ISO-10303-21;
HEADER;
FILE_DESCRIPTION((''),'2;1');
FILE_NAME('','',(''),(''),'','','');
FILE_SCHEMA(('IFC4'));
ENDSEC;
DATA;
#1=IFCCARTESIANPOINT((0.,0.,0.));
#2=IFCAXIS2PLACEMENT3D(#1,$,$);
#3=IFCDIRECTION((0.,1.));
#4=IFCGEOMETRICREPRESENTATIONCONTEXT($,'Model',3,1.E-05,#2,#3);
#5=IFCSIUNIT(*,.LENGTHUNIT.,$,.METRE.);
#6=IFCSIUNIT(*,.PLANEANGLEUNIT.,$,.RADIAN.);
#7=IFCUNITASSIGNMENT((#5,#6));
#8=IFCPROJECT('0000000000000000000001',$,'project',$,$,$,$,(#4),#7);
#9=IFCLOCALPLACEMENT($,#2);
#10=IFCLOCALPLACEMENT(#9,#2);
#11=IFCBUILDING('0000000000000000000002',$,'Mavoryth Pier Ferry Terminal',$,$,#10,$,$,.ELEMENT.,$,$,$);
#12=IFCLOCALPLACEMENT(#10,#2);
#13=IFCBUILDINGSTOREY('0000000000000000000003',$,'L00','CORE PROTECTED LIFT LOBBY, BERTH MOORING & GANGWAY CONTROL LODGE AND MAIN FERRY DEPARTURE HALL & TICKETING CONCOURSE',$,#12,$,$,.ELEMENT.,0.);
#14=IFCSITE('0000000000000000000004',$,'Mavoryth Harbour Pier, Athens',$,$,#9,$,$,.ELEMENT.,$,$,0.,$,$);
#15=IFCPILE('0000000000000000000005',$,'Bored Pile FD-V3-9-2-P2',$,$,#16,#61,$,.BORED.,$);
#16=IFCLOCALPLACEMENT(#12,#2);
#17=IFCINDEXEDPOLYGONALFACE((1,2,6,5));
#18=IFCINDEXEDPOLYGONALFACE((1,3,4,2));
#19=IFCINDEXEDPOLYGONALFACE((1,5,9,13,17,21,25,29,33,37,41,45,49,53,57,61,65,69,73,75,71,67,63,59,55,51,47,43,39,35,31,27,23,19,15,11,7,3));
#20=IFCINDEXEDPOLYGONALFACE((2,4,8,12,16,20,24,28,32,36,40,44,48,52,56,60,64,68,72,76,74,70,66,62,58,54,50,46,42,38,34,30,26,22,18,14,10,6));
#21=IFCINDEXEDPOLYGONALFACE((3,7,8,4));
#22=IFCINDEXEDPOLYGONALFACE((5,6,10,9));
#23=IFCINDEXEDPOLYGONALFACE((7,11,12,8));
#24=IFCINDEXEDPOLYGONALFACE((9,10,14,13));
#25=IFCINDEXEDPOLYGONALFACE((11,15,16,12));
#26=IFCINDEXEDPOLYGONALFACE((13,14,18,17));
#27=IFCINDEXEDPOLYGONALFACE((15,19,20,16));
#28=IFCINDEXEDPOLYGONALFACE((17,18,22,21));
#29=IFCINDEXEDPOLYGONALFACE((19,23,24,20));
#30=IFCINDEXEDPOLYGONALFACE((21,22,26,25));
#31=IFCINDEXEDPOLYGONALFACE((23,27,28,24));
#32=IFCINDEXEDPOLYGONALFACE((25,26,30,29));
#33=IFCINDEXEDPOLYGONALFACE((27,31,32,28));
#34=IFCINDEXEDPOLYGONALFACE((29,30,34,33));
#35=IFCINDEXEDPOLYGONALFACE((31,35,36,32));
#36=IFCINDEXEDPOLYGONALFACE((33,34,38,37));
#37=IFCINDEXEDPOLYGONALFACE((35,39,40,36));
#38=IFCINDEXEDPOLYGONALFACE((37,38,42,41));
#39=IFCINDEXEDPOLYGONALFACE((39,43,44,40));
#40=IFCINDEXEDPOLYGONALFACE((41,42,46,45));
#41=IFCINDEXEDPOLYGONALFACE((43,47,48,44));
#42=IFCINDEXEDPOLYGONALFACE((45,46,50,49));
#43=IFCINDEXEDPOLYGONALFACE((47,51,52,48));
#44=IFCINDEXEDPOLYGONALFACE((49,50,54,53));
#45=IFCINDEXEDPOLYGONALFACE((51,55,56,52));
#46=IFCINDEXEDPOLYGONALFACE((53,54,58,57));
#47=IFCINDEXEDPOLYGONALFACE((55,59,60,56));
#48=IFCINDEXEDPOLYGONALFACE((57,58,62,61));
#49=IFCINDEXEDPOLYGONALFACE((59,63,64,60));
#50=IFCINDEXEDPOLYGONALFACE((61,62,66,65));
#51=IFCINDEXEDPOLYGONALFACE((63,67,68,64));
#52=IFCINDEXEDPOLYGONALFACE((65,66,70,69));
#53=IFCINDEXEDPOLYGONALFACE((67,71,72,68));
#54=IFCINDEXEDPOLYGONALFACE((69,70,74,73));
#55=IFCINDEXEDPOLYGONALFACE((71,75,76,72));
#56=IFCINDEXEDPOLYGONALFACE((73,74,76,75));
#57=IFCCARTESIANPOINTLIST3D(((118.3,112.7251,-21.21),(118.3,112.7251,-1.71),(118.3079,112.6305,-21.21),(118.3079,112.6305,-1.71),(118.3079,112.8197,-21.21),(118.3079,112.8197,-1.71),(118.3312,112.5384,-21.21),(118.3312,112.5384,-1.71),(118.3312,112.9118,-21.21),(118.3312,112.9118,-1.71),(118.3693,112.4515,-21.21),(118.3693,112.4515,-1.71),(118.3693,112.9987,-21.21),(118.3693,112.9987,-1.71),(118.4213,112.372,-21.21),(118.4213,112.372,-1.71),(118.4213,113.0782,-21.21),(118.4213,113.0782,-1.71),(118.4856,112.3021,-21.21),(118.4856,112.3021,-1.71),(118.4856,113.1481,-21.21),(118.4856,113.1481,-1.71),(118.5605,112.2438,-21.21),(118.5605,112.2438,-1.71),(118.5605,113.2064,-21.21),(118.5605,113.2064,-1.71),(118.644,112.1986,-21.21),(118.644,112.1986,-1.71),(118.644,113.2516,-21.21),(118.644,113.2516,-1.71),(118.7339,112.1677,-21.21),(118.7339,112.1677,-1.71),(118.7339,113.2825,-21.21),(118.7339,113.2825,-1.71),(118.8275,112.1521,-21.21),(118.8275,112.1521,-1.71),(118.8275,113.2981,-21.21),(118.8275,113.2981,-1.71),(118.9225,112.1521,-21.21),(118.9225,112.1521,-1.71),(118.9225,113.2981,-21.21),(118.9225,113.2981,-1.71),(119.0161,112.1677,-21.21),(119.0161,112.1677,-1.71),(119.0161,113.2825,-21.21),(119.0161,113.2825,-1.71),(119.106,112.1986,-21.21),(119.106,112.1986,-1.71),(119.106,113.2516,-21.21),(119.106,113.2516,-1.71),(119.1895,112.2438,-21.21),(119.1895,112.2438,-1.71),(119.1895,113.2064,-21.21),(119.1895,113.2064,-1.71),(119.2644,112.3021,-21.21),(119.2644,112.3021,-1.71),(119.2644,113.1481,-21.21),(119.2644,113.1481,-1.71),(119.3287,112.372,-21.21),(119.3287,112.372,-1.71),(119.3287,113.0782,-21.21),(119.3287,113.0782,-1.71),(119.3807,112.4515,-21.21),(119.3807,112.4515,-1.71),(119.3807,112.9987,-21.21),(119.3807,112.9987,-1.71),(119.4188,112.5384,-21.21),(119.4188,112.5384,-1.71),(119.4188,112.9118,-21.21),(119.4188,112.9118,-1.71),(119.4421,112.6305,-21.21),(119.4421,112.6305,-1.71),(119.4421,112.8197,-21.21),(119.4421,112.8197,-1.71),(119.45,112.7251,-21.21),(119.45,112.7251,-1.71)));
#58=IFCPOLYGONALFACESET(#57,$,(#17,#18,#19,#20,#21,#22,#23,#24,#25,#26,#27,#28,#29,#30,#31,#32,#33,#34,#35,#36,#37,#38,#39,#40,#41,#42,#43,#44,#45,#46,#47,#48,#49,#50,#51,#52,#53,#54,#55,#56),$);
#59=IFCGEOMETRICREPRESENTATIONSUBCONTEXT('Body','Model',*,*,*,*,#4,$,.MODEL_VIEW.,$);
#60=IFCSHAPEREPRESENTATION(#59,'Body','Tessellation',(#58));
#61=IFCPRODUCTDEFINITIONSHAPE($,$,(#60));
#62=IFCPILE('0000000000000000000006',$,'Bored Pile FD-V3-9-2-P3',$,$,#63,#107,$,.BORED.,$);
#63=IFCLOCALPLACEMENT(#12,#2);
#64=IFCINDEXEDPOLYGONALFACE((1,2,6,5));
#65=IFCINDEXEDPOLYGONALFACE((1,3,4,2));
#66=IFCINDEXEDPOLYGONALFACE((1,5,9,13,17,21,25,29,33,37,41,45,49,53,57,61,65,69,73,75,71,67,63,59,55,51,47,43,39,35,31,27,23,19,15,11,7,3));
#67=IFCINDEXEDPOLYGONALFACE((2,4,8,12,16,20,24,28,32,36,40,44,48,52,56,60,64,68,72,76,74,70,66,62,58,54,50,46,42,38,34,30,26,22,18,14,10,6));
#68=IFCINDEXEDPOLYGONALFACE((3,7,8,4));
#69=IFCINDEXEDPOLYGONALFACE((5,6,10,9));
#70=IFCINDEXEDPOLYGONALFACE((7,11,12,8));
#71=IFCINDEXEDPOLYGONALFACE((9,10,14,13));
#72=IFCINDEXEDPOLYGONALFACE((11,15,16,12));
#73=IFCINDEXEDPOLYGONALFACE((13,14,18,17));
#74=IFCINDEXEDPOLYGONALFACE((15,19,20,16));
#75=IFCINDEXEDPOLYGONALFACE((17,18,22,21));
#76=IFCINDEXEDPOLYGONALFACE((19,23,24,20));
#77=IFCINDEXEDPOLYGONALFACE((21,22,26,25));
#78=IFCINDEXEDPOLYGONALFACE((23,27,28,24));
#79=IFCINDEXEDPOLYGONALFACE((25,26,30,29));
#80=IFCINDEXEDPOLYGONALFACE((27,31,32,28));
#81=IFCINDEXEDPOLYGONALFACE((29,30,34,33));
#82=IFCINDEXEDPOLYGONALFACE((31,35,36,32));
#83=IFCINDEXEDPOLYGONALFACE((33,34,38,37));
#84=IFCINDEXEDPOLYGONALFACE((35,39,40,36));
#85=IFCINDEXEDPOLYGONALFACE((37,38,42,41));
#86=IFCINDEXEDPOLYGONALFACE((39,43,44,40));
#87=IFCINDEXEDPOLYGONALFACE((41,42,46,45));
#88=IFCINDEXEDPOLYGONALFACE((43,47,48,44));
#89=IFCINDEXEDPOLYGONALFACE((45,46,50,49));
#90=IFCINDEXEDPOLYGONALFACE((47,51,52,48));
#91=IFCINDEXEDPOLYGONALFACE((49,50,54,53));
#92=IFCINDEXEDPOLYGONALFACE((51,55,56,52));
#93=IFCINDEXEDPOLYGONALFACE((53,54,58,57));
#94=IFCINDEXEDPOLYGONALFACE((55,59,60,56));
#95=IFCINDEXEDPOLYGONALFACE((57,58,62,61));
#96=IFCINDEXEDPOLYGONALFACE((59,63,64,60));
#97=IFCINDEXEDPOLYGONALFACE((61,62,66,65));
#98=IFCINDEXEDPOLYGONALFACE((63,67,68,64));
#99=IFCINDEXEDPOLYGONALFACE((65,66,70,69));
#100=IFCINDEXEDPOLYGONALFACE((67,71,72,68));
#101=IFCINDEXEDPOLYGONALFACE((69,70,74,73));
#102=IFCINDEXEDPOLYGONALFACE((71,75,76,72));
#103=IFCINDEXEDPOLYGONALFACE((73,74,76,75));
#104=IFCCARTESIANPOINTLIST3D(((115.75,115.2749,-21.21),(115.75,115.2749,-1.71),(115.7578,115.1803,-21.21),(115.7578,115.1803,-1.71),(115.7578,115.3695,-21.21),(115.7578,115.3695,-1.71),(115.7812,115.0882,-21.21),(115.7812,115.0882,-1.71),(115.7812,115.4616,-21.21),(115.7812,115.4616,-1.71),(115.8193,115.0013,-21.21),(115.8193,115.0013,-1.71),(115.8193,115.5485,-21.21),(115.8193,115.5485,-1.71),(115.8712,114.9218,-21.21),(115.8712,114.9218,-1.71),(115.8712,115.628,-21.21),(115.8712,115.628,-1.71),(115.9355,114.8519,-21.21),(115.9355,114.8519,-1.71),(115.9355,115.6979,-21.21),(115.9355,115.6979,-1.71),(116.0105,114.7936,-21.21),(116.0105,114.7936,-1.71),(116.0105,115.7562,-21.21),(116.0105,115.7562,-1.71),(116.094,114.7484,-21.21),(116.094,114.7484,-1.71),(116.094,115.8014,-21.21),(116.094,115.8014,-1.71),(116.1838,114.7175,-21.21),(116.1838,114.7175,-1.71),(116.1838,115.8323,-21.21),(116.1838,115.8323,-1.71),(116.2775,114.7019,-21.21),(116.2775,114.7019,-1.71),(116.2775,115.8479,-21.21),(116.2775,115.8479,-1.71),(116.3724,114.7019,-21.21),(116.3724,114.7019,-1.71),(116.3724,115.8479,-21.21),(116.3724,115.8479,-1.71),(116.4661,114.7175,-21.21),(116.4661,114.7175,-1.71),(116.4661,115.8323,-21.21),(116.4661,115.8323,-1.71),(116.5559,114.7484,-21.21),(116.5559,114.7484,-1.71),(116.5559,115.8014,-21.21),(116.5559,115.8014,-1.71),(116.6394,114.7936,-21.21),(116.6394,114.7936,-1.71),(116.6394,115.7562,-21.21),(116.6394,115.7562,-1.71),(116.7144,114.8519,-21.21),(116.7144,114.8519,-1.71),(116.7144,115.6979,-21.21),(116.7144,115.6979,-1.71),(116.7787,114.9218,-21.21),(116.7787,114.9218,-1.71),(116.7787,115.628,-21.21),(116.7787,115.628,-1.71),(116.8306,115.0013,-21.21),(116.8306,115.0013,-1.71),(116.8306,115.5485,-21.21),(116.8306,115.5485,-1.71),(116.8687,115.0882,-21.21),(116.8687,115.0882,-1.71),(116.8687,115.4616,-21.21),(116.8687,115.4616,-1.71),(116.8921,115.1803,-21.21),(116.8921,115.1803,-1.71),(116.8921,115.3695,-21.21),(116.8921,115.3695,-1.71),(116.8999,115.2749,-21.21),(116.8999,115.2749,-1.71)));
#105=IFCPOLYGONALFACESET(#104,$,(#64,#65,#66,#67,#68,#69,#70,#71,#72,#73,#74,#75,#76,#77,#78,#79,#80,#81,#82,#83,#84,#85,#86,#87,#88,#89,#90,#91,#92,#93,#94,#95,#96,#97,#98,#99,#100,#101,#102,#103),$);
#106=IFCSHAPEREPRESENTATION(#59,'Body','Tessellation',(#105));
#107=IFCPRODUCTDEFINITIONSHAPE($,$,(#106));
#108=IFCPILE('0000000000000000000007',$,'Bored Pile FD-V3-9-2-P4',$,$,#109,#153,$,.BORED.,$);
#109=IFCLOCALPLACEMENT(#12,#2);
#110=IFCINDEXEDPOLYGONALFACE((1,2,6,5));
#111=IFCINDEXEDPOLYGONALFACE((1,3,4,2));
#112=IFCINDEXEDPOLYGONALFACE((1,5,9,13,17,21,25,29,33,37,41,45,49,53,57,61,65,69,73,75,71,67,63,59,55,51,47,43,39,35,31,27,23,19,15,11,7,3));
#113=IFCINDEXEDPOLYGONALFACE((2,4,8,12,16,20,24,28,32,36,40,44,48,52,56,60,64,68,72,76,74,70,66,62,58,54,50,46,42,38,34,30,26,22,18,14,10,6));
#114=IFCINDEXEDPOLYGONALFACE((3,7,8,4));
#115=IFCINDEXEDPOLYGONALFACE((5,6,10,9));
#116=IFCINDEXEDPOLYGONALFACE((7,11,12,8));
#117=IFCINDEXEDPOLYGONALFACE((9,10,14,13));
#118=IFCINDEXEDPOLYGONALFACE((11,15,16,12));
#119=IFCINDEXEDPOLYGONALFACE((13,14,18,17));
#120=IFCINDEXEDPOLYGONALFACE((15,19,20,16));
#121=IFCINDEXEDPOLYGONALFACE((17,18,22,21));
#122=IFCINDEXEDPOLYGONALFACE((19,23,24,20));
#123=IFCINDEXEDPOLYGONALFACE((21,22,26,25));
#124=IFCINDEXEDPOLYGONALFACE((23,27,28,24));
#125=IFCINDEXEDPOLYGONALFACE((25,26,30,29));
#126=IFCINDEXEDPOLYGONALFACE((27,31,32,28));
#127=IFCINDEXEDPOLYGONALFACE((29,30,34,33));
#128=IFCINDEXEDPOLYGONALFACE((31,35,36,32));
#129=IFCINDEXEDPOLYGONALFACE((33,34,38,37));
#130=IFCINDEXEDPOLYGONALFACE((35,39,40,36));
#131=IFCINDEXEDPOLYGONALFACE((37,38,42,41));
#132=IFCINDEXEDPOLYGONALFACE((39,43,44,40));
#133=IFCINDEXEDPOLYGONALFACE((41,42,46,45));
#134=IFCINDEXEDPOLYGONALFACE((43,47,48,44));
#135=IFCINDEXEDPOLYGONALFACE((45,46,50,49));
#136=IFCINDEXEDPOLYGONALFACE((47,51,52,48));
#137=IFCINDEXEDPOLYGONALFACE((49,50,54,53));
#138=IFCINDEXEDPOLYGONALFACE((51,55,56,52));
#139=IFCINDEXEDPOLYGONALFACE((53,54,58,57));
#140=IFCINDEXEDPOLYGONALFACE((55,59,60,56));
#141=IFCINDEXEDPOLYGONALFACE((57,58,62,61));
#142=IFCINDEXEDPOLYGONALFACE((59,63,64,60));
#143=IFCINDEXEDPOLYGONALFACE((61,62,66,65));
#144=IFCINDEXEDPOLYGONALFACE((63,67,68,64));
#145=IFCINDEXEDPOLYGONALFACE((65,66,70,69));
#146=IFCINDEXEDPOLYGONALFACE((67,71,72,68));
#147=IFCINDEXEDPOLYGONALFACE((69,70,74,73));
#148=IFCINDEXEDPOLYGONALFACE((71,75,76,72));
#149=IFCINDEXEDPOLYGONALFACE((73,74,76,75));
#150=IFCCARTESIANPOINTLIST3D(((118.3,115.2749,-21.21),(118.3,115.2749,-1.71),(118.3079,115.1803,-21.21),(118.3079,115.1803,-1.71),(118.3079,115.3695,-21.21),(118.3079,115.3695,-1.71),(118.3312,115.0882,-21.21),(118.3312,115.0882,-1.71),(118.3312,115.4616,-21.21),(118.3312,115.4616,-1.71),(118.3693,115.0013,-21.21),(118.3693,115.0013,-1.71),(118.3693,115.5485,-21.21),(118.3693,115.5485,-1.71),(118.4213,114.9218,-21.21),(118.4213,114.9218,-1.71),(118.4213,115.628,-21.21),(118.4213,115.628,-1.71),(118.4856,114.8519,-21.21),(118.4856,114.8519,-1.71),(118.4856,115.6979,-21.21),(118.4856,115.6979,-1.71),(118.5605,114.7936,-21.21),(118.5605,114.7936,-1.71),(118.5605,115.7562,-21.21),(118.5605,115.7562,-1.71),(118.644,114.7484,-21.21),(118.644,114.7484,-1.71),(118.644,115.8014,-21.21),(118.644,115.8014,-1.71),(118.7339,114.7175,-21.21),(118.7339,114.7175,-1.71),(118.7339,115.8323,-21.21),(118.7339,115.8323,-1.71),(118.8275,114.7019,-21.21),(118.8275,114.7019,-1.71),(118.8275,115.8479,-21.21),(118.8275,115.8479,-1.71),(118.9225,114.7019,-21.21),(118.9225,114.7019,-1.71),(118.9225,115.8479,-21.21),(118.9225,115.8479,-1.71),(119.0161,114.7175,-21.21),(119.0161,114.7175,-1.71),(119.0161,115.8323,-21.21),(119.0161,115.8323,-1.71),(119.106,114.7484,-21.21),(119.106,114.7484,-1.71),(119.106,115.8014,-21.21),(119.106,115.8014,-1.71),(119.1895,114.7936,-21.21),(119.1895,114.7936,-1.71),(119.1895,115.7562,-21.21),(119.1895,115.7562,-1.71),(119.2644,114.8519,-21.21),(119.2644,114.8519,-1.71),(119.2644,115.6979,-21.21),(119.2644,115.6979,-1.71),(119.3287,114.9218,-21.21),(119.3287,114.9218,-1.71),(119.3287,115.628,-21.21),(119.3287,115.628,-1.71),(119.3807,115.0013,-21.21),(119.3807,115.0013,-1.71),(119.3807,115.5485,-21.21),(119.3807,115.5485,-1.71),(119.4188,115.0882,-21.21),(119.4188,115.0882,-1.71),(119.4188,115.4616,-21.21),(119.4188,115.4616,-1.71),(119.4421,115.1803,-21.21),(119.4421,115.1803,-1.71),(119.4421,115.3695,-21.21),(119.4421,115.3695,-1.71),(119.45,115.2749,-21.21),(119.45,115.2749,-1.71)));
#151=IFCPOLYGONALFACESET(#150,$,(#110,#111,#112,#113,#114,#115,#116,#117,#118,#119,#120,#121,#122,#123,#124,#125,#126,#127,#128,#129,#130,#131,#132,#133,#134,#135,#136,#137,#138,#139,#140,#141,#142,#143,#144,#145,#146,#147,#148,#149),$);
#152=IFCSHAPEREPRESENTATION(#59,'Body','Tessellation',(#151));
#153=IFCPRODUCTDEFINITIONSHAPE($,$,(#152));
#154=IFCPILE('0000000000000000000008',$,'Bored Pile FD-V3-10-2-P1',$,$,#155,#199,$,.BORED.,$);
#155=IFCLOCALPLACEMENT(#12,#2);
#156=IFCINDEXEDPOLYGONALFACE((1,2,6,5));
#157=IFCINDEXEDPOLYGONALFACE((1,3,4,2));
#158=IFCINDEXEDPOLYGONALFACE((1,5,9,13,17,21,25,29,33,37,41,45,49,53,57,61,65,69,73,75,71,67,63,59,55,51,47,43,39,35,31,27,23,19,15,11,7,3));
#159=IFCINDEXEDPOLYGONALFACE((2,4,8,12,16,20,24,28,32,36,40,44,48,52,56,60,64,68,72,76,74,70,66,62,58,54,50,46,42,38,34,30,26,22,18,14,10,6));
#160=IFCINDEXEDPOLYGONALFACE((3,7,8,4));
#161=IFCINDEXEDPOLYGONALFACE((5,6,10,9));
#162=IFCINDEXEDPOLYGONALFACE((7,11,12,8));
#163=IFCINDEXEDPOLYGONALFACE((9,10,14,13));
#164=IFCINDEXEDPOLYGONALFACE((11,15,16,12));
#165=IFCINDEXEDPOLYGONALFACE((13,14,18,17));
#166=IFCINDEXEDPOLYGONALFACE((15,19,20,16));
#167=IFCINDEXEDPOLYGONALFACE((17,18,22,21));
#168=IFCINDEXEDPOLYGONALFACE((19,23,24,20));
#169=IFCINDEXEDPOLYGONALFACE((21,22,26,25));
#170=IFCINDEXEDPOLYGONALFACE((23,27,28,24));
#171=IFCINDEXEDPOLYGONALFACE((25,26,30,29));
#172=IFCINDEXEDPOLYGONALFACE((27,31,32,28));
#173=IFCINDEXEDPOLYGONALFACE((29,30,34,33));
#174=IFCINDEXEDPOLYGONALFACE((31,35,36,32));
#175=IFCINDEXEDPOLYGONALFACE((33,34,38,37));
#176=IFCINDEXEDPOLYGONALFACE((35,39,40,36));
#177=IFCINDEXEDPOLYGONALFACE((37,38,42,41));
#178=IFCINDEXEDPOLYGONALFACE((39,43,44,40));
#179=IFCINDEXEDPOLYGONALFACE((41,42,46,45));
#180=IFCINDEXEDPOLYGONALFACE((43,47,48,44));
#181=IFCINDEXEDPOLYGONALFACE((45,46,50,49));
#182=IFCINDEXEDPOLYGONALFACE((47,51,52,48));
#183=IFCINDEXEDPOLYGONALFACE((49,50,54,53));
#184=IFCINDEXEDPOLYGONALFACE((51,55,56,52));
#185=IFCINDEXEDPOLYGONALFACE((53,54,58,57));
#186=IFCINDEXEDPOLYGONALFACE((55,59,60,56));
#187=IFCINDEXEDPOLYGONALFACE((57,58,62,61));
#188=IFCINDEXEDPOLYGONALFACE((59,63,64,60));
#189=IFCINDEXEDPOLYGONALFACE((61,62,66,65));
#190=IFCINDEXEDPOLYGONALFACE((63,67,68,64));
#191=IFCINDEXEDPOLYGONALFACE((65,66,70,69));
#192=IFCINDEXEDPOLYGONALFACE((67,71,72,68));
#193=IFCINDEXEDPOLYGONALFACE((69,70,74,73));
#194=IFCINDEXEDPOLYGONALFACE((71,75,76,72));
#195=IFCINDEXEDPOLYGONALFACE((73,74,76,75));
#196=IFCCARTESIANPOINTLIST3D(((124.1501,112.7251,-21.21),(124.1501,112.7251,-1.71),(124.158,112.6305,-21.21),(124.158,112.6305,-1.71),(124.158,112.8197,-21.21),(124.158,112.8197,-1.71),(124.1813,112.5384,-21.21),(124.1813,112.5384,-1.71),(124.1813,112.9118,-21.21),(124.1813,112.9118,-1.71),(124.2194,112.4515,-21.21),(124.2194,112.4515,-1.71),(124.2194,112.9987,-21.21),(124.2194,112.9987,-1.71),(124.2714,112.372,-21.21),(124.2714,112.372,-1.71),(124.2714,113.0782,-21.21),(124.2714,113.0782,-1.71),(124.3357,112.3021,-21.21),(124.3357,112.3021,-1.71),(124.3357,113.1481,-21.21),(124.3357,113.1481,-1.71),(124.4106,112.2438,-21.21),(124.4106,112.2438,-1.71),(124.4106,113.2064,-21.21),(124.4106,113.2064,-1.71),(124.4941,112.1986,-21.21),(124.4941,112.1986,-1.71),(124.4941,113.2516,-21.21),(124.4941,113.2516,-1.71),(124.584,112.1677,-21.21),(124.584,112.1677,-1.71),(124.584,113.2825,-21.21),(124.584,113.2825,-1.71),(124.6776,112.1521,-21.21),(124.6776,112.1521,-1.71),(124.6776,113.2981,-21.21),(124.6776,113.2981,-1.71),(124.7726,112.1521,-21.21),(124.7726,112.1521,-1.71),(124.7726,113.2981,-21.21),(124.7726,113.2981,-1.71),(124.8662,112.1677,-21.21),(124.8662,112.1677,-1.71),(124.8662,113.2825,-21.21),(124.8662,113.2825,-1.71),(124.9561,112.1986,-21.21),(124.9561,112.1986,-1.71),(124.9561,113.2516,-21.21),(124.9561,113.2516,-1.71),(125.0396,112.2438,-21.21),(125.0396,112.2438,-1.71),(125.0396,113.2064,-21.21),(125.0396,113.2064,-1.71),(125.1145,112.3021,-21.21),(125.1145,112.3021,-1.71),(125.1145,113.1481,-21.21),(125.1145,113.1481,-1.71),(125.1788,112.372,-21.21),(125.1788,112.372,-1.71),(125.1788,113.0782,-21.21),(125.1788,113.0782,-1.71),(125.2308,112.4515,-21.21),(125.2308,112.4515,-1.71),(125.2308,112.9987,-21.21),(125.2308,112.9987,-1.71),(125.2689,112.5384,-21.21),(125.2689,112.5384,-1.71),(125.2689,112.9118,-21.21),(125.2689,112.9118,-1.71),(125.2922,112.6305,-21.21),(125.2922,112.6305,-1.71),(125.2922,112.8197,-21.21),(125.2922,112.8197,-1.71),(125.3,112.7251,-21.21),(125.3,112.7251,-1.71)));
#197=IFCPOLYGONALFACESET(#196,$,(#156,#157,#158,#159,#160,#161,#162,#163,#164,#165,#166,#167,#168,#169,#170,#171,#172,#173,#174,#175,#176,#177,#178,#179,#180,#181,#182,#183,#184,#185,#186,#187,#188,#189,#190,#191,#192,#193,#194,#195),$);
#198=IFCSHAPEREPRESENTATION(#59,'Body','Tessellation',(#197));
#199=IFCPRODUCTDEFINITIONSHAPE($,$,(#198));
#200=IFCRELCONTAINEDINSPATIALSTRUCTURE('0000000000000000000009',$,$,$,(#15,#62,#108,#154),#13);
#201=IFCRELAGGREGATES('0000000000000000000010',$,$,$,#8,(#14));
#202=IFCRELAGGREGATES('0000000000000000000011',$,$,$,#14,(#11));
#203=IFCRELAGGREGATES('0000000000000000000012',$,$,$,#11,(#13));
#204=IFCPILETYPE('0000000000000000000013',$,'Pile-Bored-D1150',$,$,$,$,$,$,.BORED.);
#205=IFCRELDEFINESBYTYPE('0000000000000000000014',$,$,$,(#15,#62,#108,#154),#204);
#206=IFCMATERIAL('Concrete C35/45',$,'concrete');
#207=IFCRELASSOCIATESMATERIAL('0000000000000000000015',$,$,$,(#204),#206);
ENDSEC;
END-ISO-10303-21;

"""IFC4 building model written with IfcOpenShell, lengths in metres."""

from ifc_helpers import new_model, si_unit, direction, frame, origin, origin_2d, place, context, subcontext, project, spatial, circle, extrude, material, material_profile, profile_set, type_object, element, save


model = new_model("IFC4")

# Units and contexts
model_context = context("Model", 3, precision=1e-05, world=origin(), true_north=direction((0.0, 1.0)))
body_context = subcontext(model_context, "Body", "Model", "MODEL_VIEW")
ifc_project = project(units=[si_unit("LENGTHUNIT", "METRE"), si_unit("PLANEANGLEUNIT", "RADIAN")], contexts=[model_context])

# Site, building, storey
site_placement = place(None, origin())
site = spatial("IfcSite", under=ifc_project, at=site_placement, Name="Mavoryth Harbour Pier, Athens", CompositionType="ELEMENT", RefElevation=0.0)
building_placement = place(site_placement, origin())
building = spatial("IfcBuilding", under=site, at=building_placement, Name="Mavoryth Pier Ferry Terminal", CompositionType="ELEMENT")
storey_placement = place(building_placement, origin())
storey = spatial("IfcBuildingStorey", under=building, at=storey_placement, Name="L00", Description="CORE PROTECTED LIFT LOBBY, BERTH MOORING & GANGWAY CONTROL LODGE AND MAIN FERRY DEPARTURE HALL & TICKETING CONCOURSE", CompositionType="ELEMENT", Elevation=0.0)

# Shared definitions
ifc_material_1 = material(Name="Concrete C35/45", Category="concrete")

# Piles
ifc_material_profile_1 = material_profile(ifc_material_1, circle(Radius=0.575, at=origin_2d()), Name="PILE D1150", Category="concrete")
ifc_profile_set_1 = profile_set([ifc_material_profile_1], Name="Concrete C35/45 - PILE D1150")
pile_type_1 = type_object("IfcPileType", Name="Pile-Bored-D1150", PredefinedType="BORED", material=ifc_profile_set_1)
for number, where, z_axis, x_axis, name in (
    (1, (118.875, 112.7251, -1.71), (0.0, 0.0, -1.0), (1.0, 0.0, 0.0), "Bored Pile FD-V3-9-2-P2"),
    (2, (116.325, 115.2749, -1.71), (0.0, 0.0, -1.0), (1.0, 0.0, 0.0), "Bored Pile FD-V3-9-2-P3"),
    (3, (118.875, 115.2749, -1.71), (0.0, 0.0, -1.0), (1.0, 0.0, 0.0), "Bored Pile FD-V3-9-2-P4"),
    (4, (124.7251, 112.7251, -1.71), (0.0, 0.0, -1.0), (1.0, 0.0, 0.0), "Bored Pile FD-V3-10-2-P1"),
):
    element("IfcPile", number, at=place(storey_placement, frame(where, z_axis=z_axis, x_axis=x_axis)), inside=storey, type_object=pile_type_1, Name=name, PredefinedType="BORED", context=body_context, shape_type="SweptSolid", body=[
        extrude(circle(Radius=0.575, at=origin_2d()), origin(), (0.0, 0.0, 1.0), 19.5),
    ])

save(model, "model.ifc")
